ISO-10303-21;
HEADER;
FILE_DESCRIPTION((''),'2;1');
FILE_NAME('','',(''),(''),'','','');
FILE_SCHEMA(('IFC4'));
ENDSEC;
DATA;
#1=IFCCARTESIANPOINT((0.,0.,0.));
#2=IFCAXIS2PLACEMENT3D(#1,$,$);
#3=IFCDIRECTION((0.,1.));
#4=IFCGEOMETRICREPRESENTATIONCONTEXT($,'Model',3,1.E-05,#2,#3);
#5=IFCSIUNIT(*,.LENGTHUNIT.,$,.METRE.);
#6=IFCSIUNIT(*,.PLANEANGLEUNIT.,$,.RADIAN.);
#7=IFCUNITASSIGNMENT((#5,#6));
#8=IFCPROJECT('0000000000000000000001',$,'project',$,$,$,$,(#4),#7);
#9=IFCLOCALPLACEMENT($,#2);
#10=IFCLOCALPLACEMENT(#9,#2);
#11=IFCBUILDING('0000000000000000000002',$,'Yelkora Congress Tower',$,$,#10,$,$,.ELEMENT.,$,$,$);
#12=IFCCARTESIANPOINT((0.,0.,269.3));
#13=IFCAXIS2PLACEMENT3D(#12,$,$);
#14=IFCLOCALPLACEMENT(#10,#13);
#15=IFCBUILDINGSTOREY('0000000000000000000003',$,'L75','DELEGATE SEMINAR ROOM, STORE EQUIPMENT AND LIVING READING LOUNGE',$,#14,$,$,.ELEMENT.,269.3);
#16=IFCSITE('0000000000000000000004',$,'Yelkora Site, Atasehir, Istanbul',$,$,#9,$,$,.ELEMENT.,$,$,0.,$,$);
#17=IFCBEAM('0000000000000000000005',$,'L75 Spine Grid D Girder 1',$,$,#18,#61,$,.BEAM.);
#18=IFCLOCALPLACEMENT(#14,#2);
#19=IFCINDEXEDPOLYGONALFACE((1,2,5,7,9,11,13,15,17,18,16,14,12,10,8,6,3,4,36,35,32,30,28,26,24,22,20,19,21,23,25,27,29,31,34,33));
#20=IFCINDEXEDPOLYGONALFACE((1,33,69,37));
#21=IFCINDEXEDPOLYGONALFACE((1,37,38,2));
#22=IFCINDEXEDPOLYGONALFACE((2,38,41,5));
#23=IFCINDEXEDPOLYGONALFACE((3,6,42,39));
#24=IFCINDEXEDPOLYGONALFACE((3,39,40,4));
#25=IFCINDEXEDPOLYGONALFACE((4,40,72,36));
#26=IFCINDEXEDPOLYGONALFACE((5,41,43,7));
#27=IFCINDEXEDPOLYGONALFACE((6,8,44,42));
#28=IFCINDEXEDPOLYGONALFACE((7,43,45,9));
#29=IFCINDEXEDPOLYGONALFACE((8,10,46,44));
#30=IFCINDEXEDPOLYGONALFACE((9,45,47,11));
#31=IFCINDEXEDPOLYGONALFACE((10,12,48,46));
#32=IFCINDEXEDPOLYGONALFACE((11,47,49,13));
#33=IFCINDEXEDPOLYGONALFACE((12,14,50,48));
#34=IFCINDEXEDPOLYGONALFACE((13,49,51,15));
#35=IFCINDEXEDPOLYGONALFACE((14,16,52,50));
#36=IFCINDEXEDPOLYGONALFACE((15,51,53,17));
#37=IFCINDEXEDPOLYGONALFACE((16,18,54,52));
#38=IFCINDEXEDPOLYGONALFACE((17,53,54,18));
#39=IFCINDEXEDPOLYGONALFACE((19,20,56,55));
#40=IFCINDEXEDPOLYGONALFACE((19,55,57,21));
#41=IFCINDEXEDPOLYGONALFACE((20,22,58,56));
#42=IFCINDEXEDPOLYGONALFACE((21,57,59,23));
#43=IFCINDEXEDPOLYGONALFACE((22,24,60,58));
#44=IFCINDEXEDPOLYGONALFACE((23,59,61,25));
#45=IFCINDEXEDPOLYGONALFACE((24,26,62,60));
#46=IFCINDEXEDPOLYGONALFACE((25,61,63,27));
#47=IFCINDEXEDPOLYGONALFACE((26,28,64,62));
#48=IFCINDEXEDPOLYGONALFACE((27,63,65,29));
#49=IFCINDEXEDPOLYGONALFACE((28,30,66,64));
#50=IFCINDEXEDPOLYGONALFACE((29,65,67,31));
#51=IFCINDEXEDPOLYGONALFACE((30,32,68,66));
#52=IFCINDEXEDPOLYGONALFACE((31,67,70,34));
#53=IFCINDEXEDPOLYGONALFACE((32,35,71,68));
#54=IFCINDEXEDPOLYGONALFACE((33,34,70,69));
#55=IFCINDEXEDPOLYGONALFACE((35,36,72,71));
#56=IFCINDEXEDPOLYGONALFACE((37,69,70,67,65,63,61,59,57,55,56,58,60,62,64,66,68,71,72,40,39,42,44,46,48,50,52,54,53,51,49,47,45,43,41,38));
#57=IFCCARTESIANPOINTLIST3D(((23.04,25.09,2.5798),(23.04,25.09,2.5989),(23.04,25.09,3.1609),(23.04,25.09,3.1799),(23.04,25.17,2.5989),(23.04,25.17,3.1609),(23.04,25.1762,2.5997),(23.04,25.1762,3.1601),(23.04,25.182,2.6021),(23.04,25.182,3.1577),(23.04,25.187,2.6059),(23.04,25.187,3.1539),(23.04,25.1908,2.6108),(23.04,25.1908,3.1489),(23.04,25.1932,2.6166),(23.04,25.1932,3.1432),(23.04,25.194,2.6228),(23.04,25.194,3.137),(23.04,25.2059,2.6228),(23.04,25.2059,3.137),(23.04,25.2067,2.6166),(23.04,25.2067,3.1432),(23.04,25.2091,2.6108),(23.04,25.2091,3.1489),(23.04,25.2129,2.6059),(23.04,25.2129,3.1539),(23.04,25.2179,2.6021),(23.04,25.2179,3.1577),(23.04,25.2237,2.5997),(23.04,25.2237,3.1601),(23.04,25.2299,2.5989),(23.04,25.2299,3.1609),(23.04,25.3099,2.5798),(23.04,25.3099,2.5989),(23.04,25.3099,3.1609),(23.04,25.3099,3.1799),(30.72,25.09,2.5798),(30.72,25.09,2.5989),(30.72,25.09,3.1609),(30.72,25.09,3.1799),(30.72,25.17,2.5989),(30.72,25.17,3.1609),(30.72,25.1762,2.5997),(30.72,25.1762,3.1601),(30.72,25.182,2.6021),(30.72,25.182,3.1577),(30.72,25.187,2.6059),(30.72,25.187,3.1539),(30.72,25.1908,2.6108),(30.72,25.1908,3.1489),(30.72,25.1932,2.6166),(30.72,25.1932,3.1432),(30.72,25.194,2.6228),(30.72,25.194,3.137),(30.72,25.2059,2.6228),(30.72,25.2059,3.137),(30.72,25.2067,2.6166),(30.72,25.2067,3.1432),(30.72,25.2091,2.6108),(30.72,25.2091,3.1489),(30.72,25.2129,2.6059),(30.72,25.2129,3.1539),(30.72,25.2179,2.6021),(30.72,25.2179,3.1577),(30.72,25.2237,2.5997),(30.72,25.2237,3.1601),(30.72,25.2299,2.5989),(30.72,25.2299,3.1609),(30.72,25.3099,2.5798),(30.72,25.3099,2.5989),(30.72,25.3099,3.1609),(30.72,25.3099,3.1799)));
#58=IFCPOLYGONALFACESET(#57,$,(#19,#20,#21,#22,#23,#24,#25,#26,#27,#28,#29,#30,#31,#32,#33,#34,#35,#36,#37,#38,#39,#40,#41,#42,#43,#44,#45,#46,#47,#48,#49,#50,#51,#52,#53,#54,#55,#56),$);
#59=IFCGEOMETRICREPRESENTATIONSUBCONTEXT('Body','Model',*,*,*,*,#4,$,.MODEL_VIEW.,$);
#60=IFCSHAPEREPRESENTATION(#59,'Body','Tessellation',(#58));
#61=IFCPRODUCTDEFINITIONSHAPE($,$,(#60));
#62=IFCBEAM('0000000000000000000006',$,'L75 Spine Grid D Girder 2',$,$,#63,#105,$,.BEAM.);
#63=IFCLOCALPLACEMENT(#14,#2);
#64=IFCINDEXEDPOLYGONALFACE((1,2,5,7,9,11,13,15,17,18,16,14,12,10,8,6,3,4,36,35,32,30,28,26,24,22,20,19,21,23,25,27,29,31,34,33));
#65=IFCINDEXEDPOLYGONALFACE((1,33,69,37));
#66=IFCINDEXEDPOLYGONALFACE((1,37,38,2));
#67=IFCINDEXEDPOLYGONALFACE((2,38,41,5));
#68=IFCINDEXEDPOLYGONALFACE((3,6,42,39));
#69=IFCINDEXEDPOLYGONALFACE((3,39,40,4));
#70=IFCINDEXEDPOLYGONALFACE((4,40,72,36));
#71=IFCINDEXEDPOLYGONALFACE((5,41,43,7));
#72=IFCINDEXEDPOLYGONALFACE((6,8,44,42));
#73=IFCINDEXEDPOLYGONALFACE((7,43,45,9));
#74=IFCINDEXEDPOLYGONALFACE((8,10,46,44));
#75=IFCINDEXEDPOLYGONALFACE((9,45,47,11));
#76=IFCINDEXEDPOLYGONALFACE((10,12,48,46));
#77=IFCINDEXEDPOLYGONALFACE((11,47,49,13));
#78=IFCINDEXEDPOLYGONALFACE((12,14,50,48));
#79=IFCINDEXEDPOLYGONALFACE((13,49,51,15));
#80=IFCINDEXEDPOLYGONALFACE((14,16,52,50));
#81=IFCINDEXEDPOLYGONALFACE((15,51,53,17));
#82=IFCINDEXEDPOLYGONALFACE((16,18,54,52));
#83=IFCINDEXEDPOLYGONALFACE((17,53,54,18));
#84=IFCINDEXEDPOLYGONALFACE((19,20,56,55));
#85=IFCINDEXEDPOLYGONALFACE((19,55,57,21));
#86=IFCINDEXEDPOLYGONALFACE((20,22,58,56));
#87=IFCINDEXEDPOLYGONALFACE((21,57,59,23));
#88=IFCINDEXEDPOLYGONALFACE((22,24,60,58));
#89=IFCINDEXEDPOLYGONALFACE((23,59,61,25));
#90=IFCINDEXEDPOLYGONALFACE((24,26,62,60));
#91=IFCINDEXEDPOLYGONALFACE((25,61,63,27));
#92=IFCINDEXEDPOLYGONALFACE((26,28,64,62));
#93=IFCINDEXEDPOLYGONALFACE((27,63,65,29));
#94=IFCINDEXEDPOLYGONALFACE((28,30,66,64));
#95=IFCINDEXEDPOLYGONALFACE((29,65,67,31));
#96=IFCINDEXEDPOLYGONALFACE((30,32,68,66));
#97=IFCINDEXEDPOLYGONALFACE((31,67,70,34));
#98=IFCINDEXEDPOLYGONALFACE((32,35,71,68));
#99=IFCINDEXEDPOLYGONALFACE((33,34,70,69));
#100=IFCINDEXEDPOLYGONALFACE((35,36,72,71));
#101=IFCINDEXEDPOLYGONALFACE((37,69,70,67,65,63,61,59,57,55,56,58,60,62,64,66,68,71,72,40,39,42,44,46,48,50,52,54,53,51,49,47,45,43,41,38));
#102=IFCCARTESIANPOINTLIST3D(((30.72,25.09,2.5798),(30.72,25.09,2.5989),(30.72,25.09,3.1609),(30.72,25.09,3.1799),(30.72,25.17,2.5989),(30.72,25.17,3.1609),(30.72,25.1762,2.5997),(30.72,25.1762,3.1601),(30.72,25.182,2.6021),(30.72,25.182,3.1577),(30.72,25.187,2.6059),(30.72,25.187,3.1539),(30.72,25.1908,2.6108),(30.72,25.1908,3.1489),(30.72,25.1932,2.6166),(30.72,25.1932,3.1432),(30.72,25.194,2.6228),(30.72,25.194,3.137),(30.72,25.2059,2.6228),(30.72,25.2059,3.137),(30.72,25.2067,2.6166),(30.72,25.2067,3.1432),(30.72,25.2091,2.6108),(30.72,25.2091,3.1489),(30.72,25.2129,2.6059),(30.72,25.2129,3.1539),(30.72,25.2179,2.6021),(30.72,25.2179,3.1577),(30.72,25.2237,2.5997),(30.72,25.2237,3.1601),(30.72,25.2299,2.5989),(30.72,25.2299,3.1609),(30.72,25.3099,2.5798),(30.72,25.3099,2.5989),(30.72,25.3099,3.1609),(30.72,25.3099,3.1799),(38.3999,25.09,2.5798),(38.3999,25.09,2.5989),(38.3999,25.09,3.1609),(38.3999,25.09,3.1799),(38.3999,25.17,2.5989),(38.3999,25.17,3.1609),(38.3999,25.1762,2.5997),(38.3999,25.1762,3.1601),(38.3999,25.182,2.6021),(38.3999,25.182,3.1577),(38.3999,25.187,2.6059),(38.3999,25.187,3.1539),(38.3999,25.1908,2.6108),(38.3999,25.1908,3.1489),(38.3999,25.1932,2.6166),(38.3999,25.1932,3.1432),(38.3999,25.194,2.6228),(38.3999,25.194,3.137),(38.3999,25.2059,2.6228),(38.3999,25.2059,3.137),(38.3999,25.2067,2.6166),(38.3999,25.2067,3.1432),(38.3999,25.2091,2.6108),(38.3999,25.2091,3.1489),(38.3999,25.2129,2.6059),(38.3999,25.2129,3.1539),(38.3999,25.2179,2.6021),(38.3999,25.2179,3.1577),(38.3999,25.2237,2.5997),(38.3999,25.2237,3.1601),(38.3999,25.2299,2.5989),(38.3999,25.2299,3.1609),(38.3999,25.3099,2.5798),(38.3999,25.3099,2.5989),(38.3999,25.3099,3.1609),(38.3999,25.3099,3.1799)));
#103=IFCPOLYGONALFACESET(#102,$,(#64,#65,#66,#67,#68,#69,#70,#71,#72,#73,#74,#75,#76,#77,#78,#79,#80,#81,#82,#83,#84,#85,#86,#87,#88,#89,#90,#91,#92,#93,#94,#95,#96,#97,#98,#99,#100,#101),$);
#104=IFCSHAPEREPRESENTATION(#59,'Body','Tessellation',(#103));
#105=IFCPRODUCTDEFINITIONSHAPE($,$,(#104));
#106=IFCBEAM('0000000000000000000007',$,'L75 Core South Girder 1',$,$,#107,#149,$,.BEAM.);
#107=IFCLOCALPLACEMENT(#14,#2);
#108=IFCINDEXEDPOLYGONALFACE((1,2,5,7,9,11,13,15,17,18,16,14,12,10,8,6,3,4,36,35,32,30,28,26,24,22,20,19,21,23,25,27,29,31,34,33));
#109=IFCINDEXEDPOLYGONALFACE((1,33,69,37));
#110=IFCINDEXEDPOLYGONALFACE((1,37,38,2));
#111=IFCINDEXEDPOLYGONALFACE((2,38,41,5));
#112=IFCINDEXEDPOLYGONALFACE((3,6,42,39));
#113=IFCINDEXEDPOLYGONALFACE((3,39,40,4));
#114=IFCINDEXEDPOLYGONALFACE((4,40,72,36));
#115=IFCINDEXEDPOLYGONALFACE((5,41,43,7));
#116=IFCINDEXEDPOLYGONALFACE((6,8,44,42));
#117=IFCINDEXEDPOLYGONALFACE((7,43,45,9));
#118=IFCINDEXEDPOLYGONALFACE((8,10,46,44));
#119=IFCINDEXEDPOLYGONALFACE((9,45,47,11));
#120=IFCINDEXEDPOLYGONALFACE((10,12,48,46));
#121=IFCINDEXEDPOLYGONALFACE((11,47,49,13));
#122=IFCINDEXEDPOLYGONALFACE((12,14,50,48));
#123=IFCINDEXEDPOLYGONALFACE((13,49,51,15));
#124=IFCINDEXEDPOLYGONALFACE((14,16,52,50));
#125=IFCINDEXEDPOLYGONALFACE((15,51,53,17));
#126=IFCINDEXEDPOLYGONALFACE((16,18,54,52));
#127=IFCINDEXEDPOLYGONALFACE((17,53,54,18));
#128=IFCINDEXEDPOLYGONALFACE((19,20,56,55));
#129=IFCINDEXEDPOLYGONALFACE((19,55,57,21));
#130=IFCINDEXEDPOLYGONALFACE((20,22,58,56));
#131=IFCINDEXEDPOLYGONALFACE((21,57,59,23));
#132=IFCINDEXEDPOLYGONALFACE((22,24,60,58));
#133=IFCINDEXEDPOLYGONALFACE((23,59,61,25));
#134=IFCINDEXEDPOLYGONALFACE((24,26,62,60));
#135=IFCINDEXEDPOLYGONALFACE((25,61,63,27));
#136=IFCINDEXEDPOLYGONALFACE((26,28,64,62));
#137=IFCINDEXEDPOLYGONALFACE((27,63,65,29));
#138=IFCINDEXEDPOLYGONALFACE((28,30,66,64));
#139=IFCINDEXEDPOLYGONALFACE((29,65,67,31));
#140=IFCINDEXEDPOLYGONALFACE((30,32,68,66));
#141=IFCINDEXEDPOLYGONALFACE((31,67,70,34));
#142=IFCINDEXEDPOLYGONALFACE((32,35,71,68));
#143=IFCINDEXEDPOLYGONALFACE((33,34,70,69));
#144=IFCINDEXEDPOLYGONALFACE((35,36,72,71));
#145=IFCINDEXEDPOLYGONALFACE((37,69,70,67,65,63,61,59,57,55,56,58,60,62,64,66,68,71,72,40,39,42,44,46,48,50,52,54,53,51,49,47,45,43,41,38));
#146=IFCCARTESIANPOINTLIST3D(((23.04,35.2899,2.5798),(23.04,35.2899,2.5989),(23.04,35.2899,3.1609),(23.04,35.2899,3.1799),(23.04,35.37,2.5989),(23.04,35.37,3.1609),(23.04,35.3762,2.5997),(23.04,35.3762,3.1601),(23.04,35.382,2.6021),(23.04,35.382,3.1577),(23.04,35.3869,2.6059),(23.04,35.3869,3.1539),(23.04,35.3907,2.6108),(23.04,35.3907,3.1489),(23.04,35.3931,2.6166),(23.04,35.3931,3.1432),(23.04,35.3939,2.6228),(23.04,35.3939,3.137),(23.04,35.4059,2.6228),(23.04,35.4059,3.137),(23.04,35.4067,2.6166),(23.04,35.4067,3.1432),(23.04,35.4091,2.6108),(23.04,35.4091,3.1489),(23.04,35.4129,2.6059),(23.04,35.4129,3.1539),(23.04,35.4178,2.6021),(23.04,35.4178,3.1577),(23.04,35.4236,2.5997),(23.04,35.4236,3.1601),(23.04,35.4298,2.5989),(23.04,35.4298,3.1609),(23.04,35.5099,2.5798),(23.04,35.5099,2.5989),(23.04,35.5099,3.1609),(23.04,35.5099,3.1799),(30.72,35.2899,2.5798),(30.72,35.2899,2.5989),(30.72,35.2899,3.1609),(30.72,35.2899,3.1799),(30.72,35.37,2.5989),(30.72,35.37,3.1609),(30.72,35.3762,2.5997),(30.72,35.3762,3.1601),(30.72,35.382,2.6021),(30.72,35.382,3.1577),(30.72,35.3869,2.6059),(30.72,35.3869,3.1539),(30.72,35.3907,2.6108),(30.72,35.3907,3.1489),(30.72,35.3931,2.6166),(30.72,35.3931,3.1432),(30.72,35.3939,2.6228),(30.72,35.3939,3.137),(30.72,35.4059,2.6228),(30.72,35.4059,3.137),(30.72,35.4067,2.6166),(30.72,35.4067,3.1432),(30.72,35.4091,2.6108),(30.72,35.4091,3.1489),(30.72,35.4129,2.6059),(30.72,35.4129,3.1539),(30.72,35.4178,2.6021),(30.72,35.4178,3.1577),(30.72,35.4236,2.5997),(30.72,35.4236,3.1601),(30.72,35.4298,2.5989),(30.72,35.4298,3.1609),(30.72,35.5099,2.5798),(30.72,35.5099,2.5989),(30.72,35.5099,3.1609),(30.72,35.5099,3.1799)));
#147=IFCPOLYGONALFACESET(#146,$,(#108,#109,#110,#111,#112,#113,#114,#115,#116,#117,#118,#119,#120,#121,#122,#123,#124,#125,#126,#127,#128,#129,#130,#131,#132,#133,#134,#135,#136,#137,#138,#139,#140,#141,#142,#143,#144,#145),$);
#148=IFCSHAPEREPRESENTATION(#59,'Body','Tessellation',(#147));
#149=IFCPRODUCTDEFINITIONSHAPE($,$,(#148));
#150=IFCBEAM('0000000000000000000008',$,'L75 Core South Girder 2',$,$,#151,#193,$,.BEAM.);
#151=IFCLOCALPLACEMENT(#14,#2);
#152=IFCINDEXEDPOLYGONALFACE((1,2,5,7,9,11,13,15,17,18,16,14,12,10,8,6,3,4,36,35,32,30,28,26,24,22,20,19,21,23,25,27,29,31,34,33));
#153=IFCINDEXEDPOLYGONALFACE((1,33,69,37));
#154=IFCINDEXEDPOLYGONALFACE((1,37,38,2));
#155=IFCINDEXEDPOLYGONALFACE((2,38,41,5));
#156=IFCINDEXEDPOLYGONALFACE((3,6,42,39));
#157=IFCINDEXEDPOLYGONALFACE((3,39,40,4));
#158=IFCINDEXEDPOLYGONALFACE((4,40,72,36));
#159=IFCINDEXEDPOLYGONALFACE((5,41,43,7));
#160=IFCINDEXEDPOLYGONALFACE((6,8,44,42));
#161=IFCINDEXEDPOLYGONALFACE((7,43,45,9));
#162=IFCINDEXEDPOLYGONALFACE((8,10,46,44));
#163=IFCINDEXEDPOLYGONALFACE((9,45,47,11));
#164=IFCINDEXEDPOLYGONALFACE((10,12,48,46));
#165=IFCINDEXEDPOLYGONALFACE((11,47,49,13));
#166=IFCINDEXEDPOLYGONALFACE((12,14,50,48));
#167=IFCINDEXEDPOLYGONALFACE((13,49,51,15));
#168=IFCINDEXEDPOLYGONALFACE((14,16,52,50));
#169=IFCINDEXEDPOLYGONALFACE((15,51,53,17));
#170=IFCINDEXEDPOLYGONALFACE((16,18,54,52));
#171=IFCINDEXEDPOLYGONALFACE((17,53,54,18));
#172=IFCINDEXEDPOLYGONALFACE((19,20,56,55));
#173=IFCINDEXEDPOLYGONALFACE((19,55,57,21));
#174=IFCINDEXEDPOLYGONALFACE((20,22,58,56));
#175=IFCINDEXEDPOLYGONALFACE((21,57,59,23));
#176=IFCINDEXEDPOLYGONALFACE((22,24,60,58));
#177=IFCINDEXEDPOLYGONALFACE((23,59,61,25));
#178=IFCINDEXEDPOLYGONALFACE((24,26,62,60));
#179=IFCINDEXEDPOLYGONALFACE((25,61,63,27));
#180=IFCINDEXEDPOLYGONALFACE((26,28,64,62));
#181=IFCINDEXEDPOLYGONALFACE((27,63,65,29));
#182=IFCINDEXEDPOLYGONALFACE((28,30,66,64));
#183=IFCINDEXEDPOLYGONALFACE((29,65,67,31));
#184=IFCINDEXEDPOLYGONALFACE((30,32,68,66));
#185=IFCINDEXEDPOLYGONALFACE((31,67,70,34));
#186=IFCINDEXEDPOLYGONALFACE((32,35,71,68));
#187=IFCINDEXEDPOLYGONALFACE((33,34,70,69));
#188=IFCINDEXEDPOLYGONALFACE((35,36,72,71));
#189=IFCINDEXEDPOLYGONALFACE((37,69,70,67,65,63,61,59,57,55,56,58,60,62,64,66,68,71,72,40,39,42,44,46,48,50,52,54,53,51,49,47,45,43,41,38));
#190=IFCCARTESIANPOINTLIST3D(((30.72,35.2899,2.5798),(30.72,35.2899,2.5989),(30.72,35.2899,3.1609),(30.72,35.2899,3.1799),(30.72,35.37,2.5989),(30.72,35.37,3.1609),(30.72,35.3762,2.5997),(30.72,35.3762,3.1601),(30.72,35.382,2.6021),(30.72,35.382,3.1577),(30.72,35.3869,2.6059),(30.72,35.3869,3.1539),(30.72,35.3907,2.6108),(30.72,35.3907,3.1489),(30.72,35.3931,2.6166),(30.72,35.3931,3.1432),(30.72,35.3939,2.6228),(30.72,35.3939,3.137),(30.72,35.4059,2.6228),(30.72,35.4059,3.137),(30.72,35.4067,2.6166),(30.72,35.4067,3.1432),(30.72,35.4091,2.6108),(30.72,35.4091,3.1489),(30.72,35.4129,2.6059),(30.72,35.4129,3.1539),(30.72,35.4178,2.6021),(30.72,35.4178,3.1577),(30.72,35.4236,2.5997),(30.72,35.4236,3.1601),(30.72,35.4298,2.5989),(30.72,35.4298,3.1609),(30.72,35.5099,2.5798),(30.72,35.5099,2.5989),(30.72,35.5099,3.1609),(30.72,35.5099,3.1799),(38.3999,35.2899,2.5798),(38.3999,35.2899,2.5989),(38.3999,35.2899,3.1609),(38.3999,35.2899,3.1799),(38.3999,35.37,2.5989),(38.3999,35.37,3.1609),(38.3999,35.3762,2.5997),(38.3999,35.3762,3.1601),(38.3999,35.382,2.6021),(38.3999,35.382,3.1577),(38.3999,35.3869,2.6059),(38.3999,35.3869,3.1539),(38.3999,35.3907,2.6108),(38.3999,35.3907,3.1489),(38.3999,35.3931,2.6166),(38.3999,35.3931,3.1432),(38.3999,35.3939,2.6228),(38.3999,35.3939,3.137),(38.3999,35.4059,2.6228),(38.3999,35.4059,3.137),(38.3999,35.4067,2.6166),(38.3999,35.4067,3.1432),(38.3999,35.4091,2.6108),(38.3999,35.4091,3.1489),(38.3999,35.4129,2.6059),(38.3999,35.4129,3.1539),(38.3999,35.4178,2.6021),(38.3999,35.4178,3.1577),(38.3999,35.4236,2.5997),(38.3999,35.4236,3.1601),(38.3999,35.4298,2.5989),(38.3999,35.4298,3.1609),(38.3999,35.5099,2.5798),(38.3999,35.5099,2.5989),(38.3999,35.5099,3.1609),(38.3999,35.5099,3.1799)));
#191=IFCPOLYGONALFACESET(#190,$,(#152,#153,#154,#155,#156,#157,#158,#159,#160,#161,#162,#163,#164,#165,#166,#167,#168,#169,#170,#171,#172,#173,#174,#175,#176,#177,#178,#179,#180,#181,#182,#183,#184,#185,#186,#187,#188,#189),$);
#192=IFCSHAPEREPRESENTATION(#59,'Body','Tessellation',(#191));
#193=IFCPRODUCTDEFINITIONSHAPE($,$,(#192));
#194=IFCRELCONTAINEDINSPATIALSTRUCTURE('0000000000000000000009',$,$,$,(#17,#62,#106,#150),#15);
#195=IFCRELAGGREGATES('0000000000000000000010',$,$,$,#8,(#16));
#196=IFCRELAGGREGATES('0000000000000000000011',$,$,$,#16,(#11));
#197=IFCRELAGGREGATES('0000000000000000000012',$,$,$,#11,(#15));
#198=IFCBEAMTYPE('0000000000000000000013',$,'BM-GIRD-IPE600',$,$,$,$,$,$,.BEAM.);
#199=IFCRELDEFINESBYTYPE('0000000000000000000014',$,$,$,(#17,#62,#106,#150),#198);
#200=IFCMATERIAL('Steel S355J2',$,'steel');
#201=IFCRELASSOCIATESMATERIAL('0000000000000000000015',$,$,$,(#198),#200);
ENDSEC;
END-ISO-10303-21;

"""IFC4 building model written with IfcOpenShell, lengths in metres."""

from ifc_helpers import new_model, si_unit, direction, frame, origin, origin_2d, place, context, subcontext, project, spatial, i_section, extrude, material, material_profile, profile_set, type_object, element, save


model = new_model("IFC4")

# Units and contexts
model_context = context("Model", 3, precision=1e-05, world=origin(), true_north=direction((0.0, 1.0)))
body_context = subcontext(model_context, "Body", "Model", "MODEL_VIEW")
ifc_project = project(units=[si_unit("LENGTHUNIT", "METRE"), si_unit("PLANEANGLEUNIT", "RADIAN")], contexts=[model_context])

# Site, building, storey
site_placement = place(None, origin())
site = spatial("IfcSite", under=ifc_project, at=site_placement, Name="Yelkora Site, Atasehir, Istanbul", CompositionType="ELEMENT", RefElevation=0.0)
building_placement = place(site_placement, origin())
building = spatial("IfcBuilding", under=site, at=building_placement, Name="Yelkora Congress Tower", CompositionType="ELEMENT")
storey_placement = place(building_placement, frame((0.0, 0.0, 269.3)))
storey = spatial("IfcBuildingStorey", under=building, at=storey_placement, Name="L75", Description="DELEGATE SEMINAR ROOM, STORE EQUIPMENT AND LIVING READING LOUNGE", CompositionType="ELEMENT", Elevation=269.3)

# Beams
ifc_material_1 = material(Name="Steel S355J2", Category="steel")
ifc_material_profile_1 = material_profile(ifc_material_1, i_section(OverallWidth=0.22, OverallDepth=0.6001, WebThickness=0.012, FlangeThickness=0.019, FilletRadius=0.0239, at=origin_2d()), Name="IPE 600")
ifc_profile_set_1 = profile_set([ifc_material_profile_1], Name="Steel S355J2")
beam_type_1 = type_object("IfcBeamType", Name="BM-GIRD-IPE600", PredefinedType="BEAM", material=ifc_profile_set_1)
for number, where, z_axis, x_axis, name in (
    (1, (23.04, 25.2, 2.8799), (1.0, 0.0, 0.0), (0.0, 1.0, 0.0), "L75 Spine Grid D Girder 1"),
    (2, (30.72, 25.2, 2.8799), (1.0, 0.0, 0.0), (0.0, 1.0, 0.0), "L75 Spine Grid D Girder 2"),
    (3, (23.04, 35.3999, 2.8799), (1.0, 0.0, 0.0), (0.0, 1.0, 0.0), "L75 Core South Girder 1"),
    (4, (30.72, 35.3999, 2.8799), (1.0, 0.0, 0.0), (0.0, 1.0, 0.0), "L75 Core South Girder 2"),
):
    element("IfcBeam", number, at=place(storey_placement, frame(where, z_axis=z_axis, x_axis=x_axis)), inside=storey, type_object=beam_type_1, Name=name, PredefinedType="BEAM", context=body_context, shape_type="SweptSolid", body=[
        extrude(i_section(OverallWidth=0.22, OverallDepth=0.6001, WebThickness=0.012, FlangeThickness=0.019, FilletRadius=0.0239, at=origin_2d()), origin(), (0.0, 0.0, 1.0), 7.6799),
    ])

save(model, "model.ifc")
